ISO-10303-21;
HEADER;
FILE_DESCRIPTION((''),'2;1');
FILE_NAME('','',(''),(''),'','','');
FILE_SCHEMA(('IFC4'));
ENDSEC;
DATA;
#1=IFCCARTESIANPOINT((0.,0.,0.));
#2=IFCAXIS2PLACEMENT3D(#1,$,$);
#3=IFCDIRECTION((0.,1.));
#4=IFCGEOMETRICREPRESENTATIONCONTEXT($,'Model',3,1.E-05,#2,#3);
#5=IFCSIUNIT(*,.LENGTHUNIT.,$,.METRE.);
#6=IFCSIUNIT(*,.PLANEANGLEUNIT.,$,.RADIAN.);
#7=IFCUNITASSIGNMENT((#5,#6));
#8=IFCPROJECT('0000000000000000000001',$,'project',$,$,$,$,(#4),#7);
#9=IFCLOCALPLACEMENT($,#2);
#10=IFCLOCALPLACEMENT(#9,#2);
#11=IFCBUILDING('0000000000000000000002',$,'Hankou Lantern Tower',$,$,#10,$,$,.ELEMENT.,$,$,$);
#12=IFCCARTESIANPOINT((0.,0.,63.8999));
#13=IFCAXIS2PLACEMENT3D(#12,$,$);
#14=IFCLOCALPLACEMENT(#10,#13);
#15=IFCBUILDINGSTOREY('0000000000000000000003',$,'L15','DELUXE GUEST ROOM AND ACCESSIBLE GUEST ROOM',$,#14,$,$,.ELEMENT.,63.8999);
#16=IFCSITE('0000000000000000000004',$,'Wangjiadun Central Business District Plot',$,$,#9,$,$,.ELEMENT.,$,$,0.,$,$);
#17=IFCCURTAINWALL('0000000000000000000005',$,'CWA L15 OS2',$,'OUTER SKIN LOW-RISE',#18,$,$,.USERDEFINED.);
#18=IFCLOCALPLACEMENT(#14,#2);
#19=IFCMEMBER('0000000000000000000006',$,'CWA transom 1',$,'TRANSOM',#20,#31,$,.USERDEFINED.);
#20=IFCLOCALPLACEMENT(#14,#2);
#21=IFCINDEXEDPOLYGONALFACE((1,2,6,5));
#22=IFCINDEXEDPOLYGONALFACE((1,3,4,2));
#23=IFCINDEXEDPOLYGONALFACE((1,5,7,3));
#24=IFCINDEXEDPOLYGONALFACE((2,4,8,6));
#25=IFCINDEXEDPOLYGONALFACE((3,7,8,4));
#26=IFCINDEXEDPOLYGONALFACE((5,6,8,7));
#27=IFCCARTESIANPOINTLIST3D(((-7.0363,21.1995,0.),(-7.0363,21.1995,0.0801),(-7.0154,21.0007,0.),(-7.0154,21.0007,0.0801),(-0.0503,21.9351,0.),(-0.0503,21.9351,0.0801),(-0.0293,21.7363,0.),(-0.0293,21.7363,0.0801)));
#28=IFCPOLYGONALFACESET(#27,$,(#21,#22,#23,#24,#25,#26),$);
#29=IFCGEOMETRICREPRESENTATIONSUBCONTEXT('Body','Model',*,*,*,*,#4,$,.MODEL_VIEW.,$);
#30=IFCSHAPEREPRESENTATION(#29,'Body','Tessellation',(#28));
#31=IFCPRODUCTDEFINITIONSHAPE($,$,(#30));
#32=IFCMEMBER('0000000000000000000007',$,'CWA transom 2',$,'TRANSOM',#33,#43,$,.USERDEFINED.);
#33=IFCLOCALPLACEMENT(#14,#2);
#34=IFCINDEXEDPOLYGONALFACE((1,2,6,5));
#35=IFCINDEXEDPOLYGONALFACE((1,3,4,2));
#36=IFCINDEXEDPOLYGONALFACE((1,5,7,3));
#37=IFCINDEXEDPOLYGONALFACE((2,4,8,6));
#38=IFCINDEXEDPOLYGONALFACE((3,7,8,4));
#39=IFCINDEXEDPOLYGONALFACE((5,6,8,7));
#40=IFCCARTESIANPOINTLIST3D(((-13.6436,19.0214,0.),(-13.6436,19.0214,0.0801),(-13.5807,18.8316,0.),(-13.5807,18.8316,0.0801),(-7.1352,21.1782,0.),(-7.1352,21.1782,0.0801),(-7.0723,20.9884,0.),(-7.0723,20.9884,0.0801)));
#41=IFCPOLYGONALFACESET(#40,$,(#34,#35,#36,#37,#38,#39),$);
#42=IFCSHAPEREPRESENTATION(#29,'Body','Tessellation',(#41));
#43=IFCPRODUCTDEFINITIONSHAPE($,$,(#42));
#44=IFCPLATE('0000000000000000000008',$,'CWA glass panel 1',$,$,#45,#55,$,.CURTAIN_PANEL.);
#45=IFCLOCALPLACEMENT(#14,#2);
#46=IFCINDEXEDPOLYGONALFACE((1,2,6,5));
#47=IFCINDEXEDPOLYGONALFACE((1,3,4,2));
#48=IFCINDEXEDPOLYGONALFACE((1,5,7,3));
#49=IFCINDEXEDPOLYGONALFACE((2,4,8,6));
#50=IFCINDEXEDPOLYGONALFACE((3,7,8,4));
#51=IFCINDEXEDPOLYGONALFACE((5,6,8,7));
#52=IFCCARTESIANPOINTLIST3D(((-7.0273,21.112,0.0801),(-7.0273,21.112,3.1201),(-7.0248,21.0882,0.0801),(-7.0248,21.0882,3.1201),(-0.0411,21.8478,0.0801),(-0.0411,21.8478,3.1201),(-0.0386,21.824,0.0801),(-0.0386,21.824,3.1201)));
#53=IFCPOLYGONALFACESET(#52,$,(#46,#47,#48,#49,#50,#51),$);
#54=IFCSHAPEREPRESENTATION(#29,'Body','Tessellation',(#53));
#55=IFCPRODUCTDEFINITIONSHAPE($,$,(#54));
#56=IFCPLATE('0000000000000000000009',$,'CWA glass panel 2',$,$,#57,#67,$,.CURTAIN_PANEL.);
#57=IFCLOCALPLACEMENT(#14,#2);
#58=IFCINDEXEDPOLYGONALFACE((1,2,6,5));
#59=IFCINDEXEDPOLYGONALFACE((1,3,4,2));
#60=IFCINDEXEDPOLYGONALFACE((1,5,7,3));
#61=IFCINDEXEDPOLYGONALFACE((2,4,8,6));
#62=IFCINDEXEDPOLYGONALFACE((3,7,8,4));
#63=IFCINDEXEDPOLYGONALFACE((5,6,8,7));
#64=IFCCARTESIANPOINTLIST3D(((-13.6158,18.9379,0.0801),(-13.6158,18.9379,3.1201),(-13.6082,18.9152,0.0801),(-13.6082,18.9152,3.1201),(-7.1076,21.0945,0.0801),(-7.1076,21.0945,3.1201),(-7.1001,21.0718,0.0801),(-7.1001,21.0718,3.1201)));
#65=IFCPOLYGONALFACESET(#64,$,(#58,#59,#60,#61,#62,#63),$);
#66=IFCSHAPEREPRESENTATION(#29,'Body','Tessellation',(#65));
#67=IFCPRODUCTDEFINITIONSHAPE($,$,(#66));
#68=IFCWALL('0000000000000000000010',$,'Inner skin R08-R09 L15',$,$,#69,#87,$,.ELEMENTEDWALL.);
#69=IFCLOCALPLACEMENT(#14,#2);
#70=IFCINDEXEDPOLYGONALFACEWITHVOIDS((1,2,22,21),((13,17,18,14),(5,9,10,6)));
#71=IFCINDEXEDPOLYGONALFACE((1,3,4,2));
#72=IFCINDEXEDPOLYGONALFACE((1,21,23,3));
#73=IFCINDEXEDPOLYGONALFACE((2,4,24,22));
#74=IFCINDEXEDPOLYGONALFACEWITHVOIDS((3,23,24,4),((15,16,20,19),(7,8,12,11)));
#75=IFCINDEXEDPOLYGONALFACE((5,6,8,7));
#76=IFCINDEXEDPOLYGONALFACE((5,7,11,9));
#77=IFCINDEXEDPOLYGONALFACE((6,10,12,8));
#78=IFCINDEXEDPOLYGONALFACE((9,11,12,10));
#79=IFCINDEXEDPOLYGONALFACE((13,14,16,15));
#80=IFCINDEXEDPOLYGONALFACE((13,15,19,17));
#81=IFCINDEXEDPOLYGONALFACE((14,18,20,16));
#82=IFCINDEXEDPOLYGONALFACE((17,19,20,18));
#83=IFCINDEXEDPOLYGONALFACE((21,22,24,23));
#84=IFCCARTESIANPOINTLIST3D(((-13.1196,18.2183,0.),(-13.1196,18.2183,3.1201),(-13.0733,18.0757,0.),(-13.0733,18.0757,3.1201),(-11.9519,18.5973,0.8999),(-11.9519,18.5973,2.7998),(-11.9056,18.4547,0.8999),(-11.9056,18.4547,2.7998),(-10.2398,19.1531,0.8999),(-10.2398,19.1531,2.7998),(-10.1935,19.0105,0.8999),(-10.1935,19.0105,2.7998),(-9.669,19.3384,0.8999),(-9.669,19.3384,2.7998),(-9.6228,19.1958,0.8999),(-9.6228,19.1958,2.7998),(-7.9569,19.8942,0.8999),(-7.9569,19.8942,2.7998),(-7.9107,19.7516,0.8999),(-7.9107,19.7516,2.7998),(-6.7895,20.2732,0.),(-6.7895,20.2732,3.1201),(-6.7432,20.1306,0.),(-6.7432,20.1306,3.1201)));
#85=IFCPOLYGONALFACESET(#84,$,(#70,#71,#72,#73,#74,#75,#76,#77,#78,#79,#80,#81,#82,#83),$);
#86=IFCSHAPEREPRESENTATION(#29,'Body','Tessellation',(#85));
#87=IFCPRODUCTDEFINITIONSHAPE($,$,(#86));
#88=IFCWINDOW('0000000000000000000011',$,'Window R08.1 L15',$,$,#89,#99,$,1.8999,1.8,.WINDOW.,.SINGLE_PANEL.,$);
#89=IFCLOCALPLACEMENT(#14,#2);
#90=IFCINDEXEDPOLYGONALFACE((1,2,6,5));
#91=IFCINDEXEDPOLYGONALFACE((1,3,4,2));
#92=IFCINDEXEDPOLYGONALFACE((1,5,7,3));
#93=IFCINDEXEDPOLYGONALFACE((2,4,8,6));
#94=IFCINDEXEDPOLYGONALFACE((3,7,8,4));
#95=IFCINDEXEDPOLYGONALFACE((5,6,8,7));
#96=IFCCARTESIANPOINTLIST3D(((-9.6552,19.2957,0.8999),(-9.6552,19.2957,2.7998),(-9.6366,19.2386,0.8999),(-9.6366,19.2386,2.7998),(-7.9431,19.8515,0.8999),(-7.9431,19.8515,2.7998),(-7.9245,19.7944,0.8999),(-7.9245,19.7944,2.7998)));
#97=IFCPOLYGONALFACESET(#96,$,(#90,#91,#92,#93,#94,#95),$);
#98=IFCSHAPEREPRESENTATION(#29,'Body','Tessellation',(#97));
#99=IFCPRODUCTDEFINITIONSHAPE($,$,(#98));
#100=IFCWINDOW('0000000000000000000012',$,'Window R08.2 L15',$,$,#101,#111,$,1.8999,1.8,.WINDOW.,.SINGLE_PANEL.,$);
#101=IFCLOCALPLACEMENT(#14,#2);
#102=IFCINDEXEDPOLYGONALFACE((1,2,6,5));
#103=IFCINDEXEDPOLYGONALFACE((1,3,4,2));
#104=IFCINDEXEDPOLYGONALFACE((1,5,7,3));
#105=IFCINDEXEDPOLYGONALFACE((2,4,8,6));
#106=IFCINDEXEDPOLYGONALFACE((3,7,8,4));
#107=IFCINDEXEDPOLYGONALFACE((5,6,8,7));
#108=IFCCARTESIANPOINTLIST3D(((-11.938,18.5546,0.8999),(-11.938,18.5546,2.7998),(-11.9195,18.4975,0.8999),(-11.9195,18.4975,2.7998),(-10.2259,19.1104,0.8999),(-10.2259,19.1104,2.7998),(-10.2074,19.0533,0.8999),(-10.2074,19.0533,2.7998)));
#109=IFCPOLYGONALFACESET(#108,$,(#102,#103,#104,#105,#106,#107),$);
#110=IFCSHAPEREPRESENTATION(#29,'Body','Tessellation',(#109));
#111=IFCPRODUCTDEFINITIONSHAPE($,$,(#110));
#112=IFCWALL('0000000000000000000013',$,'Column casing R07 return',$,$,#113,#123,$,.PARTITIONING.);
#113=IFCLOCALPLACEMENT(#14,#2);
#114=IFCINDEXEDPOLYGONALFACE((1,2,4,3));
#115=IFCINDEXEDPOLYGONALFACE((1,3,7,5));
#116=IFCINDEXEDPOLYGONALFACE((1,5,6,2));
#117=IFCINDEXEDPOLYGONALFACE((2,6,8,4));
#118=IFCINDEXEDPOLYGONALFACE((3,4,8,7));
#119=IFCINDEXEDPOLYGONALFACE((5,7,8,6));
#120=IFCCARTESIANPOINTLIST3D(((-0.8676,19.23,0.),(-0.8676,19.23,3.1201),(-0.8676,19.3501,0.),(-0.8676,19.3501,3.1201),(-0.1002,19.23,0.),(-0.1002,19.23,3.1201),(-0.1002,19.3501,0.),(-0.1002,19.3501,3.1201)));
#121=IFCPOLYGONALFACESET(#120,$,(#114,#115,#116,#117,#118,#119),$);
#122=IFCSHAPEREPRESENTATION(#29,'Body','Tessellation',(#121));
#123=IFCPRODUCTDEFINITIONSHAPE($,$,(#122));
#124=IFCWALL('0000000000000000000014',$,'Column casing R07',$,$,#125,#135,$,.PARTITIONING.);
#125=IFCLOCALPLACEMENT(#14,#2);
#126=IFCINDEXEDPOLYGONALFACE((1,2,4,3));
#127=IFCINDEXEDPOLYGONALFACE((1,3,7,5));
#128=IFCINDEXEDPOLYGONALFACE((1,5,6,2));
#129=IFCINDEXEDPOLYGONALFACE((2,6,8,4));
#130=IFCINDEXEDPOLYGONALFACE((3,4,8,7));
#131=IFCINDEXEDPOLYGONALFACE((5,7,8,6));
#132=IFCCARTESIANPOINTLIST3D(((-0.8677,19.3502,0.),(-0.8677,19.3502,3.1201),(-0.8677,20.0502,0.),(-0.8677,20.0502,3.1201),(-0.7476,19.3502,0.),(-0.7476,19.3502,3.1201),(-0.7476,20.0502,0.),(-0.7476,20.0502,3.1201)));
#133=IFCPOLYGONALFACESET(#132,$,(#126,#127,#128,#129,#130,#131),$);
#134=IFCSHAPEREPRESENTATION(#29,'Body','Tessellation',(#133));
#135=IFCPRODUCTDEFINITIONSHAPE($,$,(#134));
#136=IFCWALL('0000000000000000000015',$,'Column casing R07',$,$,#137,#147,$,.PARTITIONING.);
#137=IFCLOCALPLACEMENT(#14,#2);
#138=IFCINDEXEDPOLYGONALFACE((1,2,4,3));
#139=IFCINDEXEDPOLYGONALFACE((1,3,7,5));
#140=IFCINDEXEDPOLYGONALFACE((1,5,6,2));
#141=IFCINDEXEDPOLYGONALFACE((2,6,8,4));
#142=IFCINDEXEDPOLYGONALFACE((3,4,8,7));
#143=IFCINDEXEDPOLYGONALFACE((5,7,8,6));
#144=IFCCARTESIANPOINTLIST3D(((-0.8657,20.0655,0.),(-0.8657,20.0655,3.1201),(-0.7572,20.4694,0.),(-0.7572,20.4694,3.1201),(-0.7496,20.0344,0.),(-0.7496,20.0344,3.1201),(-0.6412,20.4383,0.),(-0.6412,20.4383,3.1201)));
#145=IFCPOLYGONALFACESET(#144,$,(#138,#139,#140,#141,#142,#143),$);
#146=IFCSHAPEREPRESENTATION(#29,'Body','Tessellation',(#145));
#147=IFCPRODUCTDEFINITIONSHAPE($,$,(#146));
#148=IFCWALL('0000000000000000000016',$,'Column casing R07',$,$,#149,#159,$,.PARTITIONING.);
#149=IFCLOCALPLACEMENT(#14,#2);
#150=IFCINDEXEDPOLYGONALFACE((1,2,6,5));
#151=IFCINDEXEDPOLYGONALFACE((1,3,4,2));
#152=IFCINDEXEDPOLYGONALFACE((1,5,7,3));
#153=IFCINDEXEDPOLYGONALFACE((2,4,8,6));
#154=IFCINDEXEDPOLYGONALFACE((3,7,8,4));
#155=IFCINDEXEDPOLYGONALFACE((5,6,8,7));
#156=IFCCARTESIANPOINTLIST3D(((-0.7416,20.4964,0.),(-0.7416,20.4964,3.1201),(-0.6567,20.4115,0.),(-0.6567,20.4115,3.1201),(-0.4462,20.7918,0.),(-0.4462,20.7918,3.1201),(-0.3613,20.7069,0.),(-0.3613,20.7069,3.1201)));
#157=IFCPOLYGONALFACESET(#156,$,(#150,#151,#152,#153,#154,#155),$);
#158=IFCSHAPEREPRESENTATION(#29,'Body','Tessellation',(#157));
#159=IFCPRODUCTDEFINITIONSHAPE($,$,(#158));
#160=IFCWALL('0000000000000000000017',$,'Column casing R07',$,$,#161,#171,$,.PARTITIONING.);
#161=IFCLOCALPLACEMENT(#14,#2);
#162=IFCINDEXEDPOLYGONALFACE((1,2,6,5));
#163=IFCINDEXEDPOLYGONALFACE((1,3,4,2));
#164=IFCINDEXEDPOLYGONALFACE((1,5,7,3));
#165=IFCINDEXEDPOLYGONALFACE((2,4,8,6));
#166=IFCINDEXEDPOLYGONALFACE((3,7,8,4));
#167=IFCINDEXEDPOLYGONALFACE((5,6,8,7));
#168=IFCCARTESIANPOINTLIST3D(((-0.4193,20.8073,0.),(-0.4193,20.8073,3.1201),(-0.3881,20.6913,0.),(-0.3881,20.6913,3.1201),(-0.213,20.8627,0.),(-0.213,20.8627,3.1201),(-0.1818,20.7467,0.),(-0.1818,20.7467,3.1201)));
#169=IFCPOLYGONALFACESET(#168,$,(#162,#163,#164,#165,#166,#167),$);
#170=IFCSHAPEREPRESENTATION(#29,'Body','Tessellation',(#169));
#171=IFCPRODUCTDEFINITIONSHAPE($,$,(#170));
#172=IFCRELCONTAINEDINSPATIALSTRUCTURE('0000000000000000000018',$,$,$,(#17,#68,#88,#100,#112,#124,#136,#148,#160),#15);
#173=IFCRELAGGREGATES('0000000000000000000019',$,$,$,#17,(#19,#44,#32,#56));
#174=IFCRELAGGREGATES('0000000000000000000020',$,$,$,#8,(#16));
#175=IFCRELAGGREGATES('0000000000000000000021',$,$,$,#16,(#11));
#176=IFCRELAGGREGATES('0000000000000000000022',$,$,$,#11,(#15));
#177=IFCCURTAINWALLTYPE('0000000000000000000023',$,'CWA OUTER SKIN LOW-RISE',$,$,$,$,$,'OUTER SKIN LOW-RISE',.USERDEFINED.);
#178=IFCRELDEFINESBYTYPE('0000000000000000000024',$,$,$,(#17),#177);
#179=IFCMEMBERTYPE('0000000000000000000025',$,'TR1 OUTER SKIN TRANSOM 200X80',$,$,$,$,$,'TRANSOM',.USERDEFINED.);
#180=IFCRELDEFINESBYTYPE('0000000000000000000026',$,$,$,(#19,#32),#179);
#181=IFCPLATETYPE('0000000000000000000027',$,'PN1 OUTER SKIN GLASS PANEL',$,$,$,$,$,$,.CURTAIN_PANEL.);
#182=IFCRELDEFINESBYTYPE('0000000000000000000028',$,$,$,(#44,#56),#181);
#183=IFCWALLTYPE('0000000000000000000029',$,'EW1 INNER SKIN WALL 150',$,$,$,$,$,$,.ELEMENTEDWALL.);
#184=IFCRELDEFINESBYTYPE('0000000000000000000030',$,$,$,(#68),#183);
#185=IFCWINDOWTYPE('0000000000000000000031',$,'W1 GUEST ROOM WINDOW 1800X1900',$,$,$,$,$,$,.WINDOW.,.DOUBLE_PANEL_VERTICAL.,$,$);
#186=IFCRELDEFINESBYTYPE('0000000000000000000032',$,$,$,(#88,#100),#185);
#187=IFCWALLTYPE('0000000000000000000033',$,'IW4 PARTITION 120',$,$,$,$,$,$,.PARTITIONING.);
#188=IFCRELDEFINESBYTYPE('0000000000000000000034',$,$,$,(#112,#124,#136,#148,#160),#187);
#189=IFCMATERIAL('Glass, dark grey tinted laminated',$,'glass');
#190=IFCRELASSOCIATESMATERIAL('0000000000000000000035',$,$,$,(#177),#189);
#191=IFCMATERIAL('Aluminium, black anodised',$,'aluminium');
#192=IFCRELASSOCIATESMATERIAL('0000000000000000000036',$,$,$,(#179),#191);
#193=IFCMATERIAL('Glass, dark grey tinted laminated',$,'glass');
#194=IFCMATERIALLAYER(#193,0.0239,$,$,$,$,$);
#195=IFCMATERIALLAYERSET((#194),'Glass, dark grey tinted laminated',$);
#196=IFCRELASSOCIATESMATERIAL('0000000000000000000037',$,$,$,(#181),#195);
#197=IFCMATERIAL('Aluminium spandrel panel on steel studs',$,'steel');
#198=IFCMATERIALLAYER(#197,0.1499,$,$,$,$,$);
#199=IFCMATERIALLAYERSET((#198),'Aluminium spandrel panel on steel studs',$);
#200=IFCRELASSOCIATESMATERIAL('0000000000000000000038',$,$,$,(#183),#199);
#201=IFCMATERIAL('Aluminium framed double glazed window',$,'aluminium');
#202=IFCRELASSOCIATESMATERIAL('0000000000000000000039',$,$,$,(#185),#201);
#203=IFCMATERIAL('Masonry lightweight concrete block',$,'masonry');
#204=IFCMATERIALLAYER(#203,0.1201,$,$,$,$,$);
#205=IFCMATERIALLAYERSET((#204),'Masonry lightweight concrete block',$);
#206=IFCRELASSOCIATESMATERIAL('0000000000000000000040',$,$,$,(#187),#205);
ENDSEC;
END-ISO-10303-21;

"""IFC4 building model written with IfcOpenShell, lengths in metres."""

from ifc_helpers import new_model, si_unit, direction, frame, frame_2d, origin, origin_2d, place, context, subcontext, project, spatial, rectangle, extrude, material, layer, layer_set, material_profile, profile_set, type_object, element, fill, aggregate, save


model = new_model("IFC4")

# Units and contexts
model_context = context("Model", 3, precision=1e-05, world=origin(), true_north=direction((0.0, 1.0)))
body_context = subcontext(model_context, "Body", "Model", "MODEL_VIEW")
ifc_project = project(units=[si_unit("LENGTHUNIT", "METRE"), si_unit("PLANEANGLEUNIT", "RADIAN")], contexts=[model_context])

# Site, building, storey
site_placement = place(None, origin())
site = spatial("IfcSite", under=ifc_project, at=site_placement, Name="Wangjiadun Central Business District Plot", CompositionType="ELEMENT", RefElevation=0.0)
building_placement = place(site_placement, origin())
building = spatial("IfcBuilding", under=site, at=building_placement, Name="Hankou Lantern Tower", CompositionType="ELEMENT")
storey_placement = place(building_placement, frame((0.0, 0.0, 63.8999)))
storey = spatial("IfcBuildingStorey", under=building, at=storey_placement, Name="L15", Description="DELUXE GUEST ROOM AND ACCESSIBLE GUEST ROOM", CompositionType="ELEMENT", Elevation=63.8999)

# Curtain wall
ifc_material_1 = material(Name="Glass, dark grey tinted laminated", Category="glass")
curtain_wall_type = type_object("IfcCurtainWallType", Name="CWA OUTER SKIN LOW-RISE", ElementType="OUTER SKIN LOW-RISE", PredefinedType="USERDEFINED", material=ifc_material_1)
curtain_wall_placement = place(storey_placement, origin())
curtain_wall = element("IfcCurtainWall", 1, at=curtain_wall_placement, inside=storey, type_object=curtain_wall_type, Name="CWA L15 OS2", ObjectType="OUTER SKIN LOW-RISE", PredefinedType="USERDEFINED")

# Members
ifc_material_2 = material(Name="Aluminium, black anodised", Category="aluminium")
ifc_material_profile_1 = material_profile(ifc_material_2, rectangle(XDim=0.2, YDim=0.0801, at=origin_2d()), Name="TR1 200X80")
ifc_profile_set_1 = profile_set([ifc_material_profile_1], Name="Aluminium, black anodised")
member_type_1 = type_object("IfcMemberType", Name="TR1 OUTER SKIN TRANSOM 200X80", ElementType="TRANSOM", PredefinedType="USERDEFINED", material=ifc_profile_set_1)
member_1_placement = place(storey_placement, frame((-0.0398, 21.8357, 0.04), z_axis=(-0.994502, -0.104716, 0.0), x_axis=(0.104716, -0.994502, 0.0)))
member_1 = element("IfcMember", 2, at=member_1_placement, type_object=member_type_1, Name="CWA transom 1", ObjectType="TRANSOM", PredefinedType="USERDEFINED", context=body_context, shape_type="SweptSolid", body=[
    extrude(rectangle(XDim=0.2, YDim=0.0801, at=origin_2d()), origin(), (0.0, 0.0, 1.0), 7.0247),
])
member_2_placement = place(storey_placement, frame((-7.1038, 21.0833, 0.04), z_axis=(-0.949237, -0.314561, 0.0), x_axis=(0.314561, -0.949237, 0.0)))
member_2 = element("IfcMember", 3, at=member_2_placement, type_object=member_type_1, Name="CWA transom 2", ObjectType="TRANSOM", PredefinedType="USERDEFINED", context=body_context, shape_type="SweptSolid", body=[
    extrude(rectangle(XDim=0.2, YDim=0.0801, at=origin_2d()), origin(), (0.0, 0.0, 1.0), 6.8564),
])

# Plates
ifc_material_3 = material(Name="Glass, dark grey tinted laminated", Category="glass")
ifc_layer_1 = layer(ifc_material_3, 0.0239)
ifc_layer_set_1 = layer_set([ifc_layer_1], Name="Glass, dark grey tinted laminated")
plate_type = type_object("IfcPlateType", Name="PN1 OUTER SKIN GLASS PANEL", PredefinedType="CURTAIN_PANEL", material=ifc_layer_set_1)
plate_1_placement = place(storey_placement, frame((-3.533, 21.468, 0.0801), z_axis=(0.0, 0.0, 1.0), x_axis=(-0.994499, -0.104743, 0.0)))
plate_1 = element("IfcPlate", 4, at=plate_1_placement, type_object=plate_type, Name="CWA glass panel 1", PredefinedType="CURTAIN_PANEL", context=body_context, shape_type="SweptSolid", body=[
    extrude(rectangle(XDim=7.0249, YDim=0.0239, at=origin_2d()), origin(), (0.0, 0.0, 1.0), 3.04),
])
plate_2_placement = place(storey_placement, frame((-10.3579, 20.0049, 0.0801), z_axis=(0.0, 0.0, 1.0), x_axis=(-0.949241, -0.314551, 0.0)))
plate_2 = element("IfcPlate", 5, at=plate_2_placement, type_object=plate_type, Name="CWA glass panel 2", PredefinedType="CURTAIN_PANEL", context=body_context, shape_type="SweptSolid", body=[
    extrude(rectangle(XDim=6.8562, YDim=0.0239, at=origin_2d()), origin(), (0.0, 0.0, 1.0), 3.04),
])
aggregate(curtain_wall, [member_1, plate_1, member_2, plate_2])

# Wall, openings, windows
ifc_material_4 = material(Name="Aluminium spandrel panel on steel studs", Category="steel")
ifc_layer_2 = layer(ifc_material_4, 0.1499)
ifc_layer_set_2 = layer_set([ifc_layer_2], Name="Aluminium spandrel panel on steel studs")
wall_type_1 = type_object("IfcWallType", Name="EW1 INNER SKIN WALL 150", PredefinedType="ELEMENTEDWALL", material=ifc_layer_set_2)
wall_1_placement = place(storey_placement, frame((-6.7664, 20.2019, 0.0), z_axis=(0.0, 0.0, 1.0), x_axis=(-0.951138, -0.308768, 0.0)))
wall_1 = element("IfcWall", 6, at=wall_1_placement, inside=storey, type_object=wall_type_1, Name="Inner skin R08-R09 L15", PredefinedType="ELEMENTEDWALL", context=body_context, shape_type="SweptSolid", body=[
    extrude(rectangle(XDim=6.6553, YDim=0.1499, at=frame_2d((3.3276, 0.0))), origin(), (0.0, 0.0, 1.0), 3.1201),
])
opening_1_placement = place(wall_1_placement, frame((1.2275, 0.0, 0.8999)))
opening_1 = element("IfcOpeningElement", 7, at=opening_1_placement, cuts=wall_1, PredefinedType="OPENING", context=body_context, shape_type="SweptSolid", body=[
    extrude(rectangle(XDim=1.8, YDim=1.8999, at=frame_2d((0.8999, 0.95))), frame((0.0, 0.085, 0.0), z_axis=(0.0, -1.0, 0.0), x_axis=(1.0, 0.0, 0.0)), (0.0, 0.0, 1.0), 0.1699),
])
opening_2_placement = place(wall_1_placement, frame((3.6277, 0.0, 0.8999)))
opening_2 = element("IfcOpeningElement", 8, at=opening_2_placement, cuts=wall_1, PredefinedType="OPENING", context=body_context, shape_type="SweptSolid", body=[
    extrude(rectangle(XDim=1.8, YDim=1.8999, at=frame_2d((0.8999, 0.95))), frame((0.0, 0.085, 0.0), z_axis=(0.0, -1.0, 0.0), x_axis=(1.0, 0.0, 0.0)), (0.0, 0.0, 1.0), 0.1699),
])
ifc_material_5 = material(Name="Aluminium framed double glazed window", Category="aluminium")
window_type = type_object("IfcWindowType", Name="W1 GUEST ROOM WINDOW 1800X1900", PartitioningType="DOUBLE_PANEL_VERTICAL", PredefinedType="WINDOW", material=ifc_material_5)
window_1_placement = place(opening_1_placement, origin())
window_1 = element("IfcWindow", 9, at=window_1_placement, inside=storey, type_object=window_type, Name="Window R08.1 L15", OverallHeight=1.8999, OverallWidth=1.8, PartitioningType="SINGLE_PANEL", PredefinedType="WINDOW", context=body_context, shape_type="SweptSolid", body=[
    extrude(rectangle(XDim=1.8, YDim=1.8999, at=frame_2d((0.8999, 0.95))), frame((0.0, 0.03, 0.0), z_axis=(0.0, -1.0, 0.0), x_axis=(1.0, 0.0, 0.0)), (0.0, 0.0, 1.0), 0.0601),
])
fill(opening_1, window_1)
window_2_placement = place(opening_2_placement, origin())
window_2 = element("IfcWindow", 10, at=window_2_placement, inside=storey, type_object=window_type, Name="Window R08.2 L15", OverallHeight=1.8999, OverallWidth=1.8, PartitioningType="SINGLE_PANEL", PredefinedType="WINDOW", context=body_context, shape_type="SweptSolid", body=[
    extrude(rectangle(XDim=1.8, YDim=1.8999, at=frame_2d((0.8999, 0.95))), frame((0.0, 0.03, 0.0), z_axis=(0.0, -1.0, 0.0), x_axis=(1.0, 0.0, 0.0)), (0.0, 0.0, 1.0), 0.0601),
])
fill(opening_2, window_2)

# Walls
ifc_material_6 = material(Name="Masonry lightweight concrete block", Category="masonry")
ifc_layer_3 = layer(ifc_material_6, 0.1201)
ifc_layer_set_3 = layer_set([ifc_layer_3], Name="Masonry lightweight concrete block")
wall_type_2 = type_object("IfcWallType", Name="IW4 PARTITION 120", PredefinedType="PARTITIONING", material=ifc_layer_set_3)
wall_2_placement = place(storey_placement, frame((-0.1001, 19.29, 0.0), z_axis=(0.0, 0.0, 1.0), x_axis=(-1.0, 0.0, 0.0)))
element("IfcWall", 11, at=wall_2_placement, inside=storey, type_object=wall_type_2, Name="Column casing R07 return", PredefinedType="PARTITIONING", context=body_context, shape_type="SweptSolid", body=[
    extrude(rectangle(XDim=0.7673, YDim=0.1201, at=frame_2d((0.3838, 0.0))), origin(), (0.0, 0.0, 1.0), 3.1201),
])
wall_3_placement = place(storey_placement, frame((-0.8076, 19.3501, 0.0), z_axis=(0.0, 0.0, 1.0), x_axis=(0.0, 1.0, 0.0)))
element("IfcWall", 12, at=wall_3_placement, inside=storey, type_object=wall_type_2, Name="Column casing R07", PredefinedType="PARTITIONING", context=body_context, shape_type="SweptSolid", body=[
    extrude(rectangle(XDim=0.7, YDim=0.1201, at=frame_2d((0.3501, 0.0))), origin(), (0.0, 0.0, 1.0), 3.1201),
])
wall_4_placement = place(storey_placement, frame((-0.8076, 20.05, 0.0), z_axis=(0.0, 0.0, 1.0), x_axis=(0.259261, 0.965807, 0.0)))
element("IfcWall", 13, at=wall_4_placement, inside=storey, type_object=wall_type_2, Name="Column casing R07", PredefinedType="PARTITIONING", context=body_context, shape_type="SweptSolid", body=[
    extrude(rectangle(XDim=0.4182, YDim=0.1201, at=frame_2d((0.209, 0.0))), origin(), (0.0, 0.0, 1.0), 3.1201),
])
wall_5_placement = place(storey_placement, frame((-0.6992, 20.4539, 0.0), z_axis=(0.0, 0.0, 1.0), x_axis=(0.707107, 0.707107, 0.0)))
element("IfcWall", 14, at=wall_5_placement, inside=storey, type_object=wall_type_2, Name="Column casing R07", PredefinedType="PARTITIONING", context=body_context, shape_type="SweptSolid", body=[
    extrude(rectangle(XDim=0.4177, YDim=0.1201, at=frame_2d((0.209, 0.0))), origin(), (0.0, 0.0, 1.0), 3.1201),
])
wall_6_placement = place(storey_placement, frame((-0.4038, 20.7493, 0.0), z_axis=(0.0, 0.0, 1.0), x_axis=(0.965759, 0.259441, 0.0)))
element("IfcWall", 15, at=wall_6_placement, inside=storey, type_object=wall_type_2, Name="Column casing R07", PredefinedType="PARTITIONING", context=body_context, shape_type="SweptSolid", body=[
    extrude(rectangle(XDim=0.2136, YDim=0.1201, at=frame_2d((0.1069, 0.0))), origin(), (0.0, 0.0, 1.0), 3.1201),
])

save(model, "model.ifc")
